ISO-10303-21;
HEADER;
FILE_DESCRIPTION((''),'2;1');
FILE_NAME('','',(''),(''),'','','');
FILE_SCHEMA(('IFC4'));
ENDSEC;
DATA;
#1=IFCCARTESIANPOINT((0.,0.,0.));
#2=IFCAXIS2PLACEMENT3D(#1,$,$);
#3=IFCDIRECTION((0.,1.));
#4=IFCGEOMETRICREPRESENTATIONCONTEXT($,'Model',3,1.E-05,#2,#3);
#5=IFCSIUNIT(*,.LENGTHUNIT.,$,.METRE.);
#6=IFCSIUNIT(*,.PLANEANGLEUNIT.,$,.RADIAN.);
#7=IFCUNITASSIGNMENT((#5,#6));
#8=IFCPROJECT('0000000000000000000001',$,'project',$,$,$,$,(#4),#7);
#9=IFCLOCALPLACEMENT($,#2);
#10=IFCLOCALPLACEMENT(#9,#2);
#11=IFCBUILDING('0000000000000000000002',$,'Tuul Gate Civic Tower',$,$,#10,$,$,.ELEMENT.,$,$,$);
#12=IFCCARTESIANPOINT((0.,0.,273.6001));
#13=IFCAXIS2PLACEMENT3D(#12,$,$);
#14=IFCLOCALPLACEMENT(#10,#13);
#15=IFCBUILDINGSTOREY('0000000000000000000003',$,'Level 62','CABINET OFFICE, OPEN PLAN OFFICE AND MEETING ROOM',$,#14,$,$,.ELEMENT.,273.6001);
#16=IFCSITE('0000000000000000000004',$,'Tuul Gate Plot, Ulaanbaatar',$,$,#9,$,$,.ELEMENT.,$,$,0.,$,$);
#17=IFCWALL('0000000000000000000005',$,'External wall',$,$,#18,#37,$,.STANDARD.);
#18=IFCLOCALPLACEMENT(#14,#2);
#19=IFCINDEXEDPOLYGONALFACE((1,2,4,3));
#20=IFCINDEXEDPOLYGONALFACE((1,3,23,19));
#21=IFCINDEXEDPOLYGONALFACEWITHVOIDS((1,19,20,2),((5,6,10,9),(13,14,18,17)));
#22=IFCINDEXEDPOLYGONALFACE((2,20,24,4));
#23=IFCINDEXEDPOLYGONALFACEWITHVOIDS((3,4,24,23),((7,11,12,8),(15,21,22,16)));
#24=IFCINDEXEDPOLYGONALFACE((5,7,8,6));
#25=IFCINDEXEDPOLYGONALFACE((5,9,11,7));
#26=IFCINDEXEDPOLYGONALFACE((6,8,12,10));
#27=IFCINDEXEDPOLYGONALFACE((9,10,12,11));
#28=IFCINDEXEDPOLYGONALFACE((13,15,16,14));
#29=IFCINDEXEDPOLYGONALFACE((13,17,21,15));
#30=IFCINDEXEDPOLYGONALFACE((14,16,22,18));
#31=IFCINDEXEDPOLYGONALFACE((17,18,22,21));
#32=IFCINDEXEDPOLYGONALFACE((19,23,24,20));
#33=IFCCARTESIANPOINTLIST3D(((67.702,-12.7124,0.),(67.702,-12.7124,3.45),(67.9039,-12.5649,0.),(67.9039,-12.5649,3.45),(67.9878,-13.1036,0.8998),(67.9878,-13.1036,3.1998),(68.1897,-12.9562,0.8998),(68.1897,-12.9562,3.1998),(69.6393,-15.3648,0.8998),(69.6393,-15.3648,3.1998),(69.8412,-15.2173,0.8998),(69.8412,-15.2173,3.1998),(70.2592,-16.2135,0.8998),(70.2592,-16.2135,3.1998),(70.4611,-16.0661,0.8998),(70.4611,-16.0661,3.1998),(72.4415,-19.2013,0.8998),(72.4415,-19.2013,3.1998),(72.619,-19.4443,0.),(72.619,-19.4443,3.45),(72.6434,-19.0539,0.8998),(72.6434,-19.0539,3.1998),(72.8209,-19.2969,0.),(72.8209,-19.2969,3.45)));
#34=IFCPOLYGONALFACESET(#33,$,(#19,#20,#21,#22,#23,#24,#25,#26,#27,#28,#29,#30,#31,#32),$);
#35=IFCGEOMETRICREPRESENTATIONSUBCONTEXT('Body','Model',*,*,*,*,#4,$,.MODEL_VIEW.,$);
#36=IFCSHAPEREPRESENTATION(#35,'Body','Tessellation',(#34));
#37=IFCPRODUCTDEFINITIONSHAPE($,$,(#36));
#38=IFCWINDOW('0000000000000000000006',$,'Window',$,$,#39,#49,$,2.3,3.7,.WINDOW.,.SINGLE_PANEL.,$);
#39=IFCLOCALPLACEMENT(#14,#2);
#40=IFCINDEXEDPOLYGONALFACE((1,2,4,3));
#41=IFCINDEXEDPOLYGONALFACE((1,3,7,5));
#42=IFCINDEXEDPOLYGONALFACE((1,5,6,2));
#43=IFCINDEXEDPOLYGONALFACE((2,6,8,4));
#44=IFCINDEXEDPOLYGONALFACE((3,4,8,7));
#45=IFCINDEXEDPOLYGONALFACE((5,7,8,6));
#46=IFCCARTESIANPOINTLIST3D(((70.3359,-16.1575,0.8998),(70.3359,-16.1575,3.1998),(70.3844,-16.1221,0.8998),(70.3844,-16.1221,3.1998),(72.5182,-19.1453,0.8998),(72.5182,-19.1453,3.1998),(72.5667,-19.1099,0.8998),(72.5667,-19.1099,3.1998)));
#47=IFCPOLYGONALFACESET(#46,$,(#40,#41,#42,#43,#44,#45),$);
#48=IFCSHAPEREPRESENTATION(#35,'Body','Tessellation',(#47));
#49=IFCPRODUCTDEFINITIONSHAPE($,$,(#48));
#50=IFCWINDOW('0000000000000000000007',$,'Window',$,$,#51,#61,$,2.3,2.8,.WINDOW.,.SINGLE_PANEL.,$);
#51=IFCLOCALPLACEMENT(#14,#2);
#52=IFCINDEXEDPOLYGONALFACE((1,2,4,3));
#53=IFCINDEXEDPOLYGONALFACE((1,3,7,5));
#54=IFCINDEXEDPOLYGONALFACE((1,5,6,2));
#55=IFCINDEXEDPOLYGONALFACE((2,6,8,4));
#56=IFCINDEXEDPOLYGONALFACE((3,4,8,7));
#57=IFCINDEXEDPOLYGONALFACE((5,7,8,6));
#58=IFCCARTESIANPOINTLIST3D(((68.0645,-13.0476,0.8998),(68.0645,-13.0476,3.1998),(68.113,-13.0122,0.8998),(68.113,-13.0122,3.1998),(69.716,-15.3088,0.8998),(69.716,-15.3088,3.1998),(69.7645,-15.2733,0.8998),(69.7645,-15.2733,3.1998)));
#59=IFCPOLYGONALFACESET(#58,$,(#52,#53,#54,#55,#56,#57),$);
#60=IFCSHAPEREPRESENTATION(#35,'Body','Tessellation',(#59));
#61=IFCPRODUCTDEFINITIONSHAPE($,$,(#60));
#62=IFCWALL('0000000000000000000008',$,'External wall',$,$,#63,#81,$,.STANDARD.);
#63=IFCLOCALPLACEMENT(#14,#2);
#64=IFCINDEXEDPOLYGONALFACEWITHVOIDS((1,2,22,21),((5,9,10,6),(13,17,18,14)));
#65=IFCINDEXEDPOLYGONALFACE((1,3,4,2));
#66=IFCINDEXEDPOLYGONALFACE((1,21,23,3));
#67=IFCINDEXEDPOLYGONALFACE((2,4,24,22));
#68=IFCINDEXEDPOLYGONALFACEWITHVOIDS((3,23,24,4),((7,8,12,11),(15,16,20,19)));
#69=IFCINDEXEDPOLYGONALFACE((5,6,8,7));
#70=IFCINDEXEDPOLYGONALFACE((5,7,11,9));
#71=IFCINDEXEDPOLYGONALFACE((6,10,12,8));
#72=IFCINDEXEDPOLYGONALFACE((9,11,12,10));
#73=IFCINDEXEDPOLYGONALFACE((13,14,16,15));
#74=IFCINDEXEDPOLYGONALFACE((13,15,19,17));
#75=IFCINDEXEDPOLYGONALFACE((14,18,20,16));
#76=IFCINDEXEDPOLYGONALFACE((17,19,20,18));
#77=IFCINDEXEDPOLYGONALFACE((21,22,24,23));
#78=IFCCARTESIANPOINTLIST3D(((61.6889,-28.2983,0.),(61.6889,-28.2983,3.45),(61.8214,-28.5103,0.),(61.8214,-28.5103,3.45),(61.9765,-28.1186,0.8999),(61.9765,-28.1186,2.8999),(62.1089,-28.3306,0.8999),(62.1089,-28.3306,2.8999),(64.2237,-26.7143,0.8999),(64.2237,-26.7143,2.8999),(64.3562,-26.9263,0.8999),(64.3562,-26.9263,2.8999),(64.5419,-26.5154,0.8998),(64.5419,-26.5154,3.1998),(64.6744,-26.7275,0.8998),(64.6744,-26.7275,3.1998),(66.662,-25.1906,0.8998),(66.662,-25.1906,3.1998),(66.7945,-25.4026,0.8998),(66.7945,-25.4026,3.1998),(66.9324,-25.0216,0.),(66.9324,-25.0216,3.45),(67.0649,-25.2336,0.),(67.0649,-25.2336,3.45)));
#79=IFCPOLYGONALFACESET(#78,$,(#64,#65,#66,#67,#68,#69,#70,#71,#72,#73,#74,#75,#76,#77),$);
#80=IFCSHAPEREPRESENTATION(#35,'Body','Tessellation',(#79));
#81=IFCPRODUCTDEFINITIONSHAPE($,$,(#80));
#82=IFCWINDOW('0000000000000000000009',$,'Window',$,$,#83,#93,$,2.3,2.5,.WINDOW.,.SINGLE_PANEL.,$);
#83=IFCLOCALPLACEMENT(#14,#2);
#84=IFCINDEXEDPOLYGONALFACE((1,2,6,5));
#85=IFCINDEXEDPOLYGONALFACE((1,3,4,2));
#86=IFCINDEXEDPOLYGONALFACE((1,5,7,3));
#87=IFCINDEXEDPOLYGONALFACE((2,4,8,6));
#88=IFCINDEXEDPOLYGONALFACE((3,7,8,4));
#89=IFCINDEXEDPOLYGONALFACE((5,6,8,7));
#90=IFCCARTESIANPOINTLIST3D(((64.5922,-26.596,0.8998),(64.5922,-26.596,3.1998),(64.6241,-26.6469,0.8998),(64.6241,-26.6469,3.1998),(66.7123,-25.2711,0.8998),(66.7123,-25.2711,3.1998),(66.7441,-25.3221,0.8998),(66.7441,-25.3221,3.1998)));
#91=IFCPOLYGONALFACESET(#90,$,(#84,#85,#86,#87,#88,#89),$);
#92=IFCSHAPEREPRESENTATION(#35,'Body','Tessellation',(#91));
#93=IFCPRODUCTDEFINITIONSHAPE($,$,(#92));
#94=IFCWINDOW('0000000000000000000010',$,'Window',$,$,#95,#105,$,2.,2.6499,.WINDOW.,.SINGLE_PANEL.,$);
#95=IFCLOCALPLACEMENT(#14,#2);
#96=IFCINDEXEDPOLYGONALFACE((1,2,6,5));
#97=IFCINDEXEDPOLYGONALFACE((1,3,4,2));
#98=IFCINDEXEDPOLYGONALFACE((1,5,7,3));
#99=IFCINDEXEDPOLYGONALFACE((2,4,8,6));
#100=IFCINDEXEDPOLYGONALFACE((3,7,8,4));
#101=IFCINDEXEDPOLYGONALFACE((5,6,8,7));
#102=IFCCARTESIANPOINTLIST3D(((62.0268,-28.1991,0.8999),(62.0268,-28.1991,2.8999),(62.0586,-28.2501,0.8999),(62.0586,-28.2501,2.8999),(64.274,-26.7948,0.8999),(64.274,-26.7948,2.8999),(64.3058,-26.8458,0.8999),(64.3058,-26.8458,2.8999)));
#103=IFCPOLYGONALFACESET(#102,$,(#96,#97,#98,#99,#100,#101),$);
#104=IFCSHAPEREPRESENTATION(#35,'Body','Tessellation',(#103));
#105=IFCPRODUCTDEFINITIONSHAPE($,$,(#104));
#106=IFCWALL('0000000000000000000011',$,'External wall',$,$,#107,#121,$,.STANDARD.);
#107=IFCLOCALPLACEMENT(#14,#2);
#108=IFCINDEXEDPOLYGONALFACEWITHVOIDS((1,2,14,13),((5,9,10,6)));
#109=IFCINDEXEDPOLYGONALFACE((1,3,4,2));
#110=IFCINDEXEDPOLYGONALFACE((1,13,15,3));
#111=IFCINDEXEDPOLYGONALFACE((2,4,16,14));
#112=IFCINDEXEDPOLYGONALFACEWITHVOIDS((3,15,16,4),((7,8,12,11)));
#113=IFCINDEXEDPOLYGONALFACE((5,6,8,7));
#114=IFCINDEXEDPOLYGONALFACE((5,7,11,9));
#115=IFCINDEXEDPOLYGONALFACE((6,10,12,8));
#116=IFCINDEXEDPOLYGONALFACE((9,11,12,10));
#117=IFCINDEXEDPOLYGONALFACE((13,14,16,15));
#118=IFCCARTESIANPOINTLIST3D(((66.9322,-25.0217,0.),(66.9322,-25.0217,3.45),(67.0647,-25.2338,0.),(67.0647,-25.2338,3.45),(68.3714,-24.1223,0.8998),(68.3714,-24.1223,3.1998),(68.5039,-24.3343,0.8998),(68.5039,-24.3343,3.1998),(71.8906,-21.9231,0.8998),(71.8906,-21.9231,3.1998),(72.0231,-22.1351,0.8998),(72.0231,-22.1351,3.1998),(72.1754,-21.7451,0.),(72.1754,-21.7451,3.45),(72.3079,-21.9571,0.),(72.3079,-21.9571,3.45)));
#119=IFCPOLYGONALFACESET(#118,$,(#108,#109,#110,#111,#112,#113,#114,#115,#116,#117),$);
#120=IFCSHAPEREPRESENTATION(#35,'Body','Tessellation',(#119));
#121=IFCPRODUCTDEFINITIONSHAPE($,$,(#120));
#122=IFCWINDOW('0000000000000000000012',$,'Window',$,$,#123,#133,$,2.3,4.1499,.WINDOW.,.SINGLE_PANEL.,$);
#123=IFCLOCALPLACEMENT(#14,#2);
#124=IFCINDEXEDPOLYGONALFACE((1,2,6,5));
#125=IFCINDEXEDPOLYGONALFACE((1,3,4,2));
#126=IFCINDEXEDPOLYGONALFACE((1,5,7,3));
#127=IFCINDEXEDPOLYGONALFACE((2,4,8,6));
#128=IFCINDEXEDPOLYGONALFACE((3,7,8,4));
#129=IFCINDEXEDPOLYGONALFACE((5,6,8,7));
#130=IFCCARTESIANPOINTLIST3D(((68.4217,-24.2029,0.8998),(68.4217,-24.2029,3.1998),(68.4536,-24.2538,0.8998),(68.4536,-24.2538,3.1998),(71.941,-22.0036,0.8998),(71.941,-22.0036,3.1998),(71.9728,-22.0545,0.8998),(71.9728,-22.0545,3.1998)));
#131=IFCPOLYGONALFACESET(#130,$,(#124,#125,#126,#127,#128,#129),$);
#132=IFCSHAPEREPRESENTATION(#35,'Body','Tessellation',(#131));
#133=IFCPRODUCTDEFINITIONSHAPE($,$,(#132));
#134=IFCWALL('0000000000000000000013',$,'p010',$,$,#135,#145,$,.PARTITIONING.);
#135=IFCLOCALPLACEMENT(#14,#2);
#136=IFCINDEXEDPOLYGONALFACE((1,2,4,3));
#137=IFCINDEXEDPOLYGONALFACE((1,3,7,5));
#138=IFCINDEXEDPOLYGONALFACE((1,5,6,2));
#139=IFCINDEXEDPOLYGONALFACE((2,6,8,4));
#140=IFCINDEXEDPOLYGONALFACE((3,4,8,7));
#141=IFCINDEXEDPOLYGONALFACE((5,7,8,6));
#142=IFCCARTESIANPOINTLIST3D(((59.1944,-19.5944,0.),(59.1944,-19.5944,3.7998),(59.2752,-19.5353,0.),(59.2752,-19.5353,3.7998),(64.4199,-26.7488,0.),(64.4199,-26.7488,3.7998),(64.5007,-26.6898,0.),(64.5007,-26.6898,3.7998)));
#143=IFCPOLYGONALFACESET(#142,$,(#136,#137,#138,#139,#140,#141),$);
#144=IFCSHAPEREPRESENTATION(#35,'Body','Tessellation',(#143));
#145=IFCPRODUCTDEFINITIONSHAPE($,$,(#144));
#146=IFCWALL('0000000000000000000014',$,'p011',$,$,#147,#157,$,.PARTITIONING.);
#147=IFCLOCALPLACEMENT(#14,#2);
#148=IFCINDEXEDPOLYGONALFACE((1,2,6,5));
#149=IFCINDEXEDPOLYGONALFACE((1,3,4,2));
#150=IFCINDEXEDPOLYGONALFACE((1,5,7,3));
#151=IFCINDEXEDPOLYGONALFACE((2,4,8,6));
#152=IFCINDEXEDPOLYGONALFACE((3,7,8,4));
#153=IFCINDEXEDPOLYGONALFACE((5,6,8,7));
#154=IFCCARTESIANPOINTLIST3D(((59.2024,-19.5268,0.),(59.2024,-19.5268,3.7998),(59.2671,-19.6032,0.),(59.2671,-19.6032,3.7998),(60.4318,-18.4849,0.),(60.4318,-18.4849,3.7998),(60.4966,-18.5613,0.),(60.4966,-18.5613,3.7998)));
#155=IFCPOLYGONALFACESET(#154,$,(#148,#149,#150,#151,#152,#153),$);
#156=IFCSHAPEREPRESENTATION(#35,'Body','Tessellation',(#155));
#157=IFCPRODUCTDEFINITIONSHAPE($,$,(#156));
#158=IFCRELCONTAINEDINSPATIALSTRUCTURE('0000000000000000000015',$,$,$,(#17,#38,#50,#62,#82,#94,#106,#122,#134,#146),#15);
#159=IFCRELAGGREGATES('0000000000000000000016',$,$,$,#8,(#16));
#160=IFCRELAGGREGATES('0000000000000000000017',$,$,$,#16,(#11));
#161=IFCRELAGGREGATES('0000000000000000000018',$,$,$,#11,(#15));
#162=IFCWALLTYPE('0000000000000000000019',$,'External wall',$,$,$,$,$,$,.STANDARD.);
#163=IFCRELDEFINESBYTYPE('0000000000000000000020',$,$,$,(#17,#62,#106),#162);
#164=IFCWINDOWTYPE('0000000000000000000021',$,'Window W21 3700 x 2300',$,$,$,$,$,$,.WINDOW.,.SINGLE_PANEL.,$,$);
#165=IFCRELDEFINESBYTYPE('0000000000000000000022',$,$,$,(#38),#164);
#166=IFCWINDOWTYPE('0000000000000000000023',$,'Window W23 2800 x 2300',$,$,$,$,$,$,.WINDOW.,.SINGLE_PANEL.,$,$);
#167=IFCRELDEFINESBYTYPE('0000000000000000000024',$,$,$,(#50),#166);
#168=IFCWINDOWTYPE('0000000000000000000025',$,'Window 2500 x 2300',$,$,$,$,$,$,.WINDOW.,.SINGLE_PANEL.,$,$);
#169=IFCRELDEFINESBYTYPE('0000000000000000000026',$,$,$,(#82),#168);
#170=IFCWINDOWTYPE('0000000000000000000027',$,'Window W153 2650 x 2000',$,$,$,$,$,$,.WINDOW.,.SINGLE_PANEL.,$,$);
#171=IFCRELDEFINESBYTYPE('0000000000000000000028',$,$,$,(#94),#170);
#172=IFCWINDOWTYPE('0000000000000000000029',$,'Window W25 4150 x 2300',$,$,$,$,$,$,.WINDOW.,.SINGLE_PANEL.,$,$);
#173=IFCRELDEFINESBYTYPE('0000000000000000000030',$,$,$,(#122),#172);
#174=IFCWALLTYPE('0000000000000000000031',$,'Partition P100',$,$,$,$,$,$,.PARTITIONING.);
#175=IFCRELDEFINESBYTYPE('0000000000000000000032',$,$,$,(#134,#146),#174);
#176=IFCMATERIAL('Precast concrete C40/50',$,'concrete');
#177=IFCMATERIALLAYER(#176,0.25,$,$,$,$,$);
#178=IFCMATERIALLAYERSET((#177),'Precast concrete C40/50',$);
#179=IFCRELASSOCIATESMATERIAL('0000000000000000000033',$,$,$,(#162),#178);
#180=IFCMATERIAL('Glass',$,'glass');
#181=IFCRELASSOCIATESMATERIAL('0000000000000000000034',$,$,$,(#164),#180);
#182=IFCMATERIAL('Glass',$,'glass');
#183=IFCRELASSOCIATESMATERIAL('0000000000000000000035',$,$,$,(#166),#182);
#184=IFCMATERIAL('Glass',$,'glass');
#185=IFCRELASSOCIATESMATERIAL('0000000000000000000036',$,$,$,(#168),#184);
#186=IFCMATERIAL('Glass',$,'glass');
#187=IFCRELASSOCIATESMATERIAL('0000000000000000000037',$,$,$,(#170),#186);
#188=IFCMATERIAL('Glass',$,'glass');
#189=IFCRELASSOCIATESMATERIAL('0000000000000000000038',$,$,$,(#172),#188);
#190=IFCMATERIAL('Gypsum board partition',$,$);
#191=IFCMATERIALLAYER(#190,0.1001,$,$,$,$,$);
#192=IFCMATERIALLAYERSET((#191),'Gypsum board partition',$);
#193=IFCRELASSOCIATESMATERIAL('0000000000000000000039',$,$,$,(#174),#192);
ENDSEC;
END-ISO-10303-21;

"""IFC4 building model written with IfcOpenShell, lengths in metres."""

from ifc_helpers import new_model, si_unit, direction, frame, frame_2d, origin, place, context, subcontext, project, spatial, rectangle, extrude, material, layer, layer_set, type_object, element, fill, save


model = new_model("IFC4")

# Units and contexts
model_context = context("Model", 3, precision=1e-05, world=origin(), true_north=direction((0.0, 1.0)))
body_context = subcontext(model_context, "Body", "Model", "MODEL_VIEW")
ifc_project = project(units=[si_unit("LENGTHUNIT", "METRE"), si_unit("PLANEANGLEUNIT", "RADIAN")], contexts=[model_context])

# Site, building, storey
site_placement = place(None, origin())
site = spatial("IfcSite", under=ifc_project, at=site_placement, Name="Tuul Gate Plot, Ulaanbaatar", CompositionType="ELEMENT", RefElevation=0.0)
building_placement = place(site_placement, origin())
building = spatial("IfcBuilding", under=site, at=building_placement, Name="Tuul Gate Civic Tower", CompositionType="ELEMENT")
storey_placement = place(building_placement, frame((0.0, 0.0, 273.6001)))
storey = spatial("IfcBuildingStorey", under=building, at=storey_placement, Name="Level 62", Description="CABINET OFFICE, OPEN PLAN OFFICE AND MEETING ROOM", CompositionType="ELEMENT", Elevation=273.6001)

# Shared definitions
ifc_material_1 = material(Name="Precast concrete C40/50", Category="concrete")
ifc_layer_1 = layer(ifc_material_1, 0.25)
ifc_layer_set_1 = layer_set([ifc_layer_1], Name="Precast concrete C40/50")
wall_type_1 = type_object("IfcWallType", Name="External wall", PredefinedType="STANDARD", material=ifc_layer_set_1)

# Walls, openings, windows
wall_1_placement = place(storey_placement, frame((72.72, -19.3706, 0.0), z_axis=(0.0, 0.0, 1.0), x_axis=(-0.589821, 0.807534, 0.0)))
wall_1 = element("IfcWall", 1, at=wall_1_placement, inside=storey, type_object=wall_type_1, Name="External wall", PredefinedType="STANDARD", context=body_context, shape_type="SweptSolid", body=[
    extrude(rectangle(XDim=8.3364, YDim=0.25, at=frame_2d((4.1682, 0.0))), origin(), (0.0, 0.0, 1.0), 3.45),
])
opening_1_placement = place(wall_1_placement, frame((0.3008, 0.0, 0.8999)))
opening_1 = element("IfcOpeningElement", 2, at=opening_1_placement, cuts=wall_1, PredefinedType="OPENING", context=body_context, shape_type="SweptSolid", body=[
    extrude(rectangle(XDim=3.7, YDim=2.3, at=frame_2d((1.8501, 1.1499))), frame((0.0, 0.135, 0.0), z_axis=(0.0, -1.0, 0.0), x_axis=(1.0, 0.0, 0.0)), (0.0, 0.0, 1.0), 0.27),
])
opening_2_placement = place(wall_1_placement, frame((5.052, 0.0, 0.8999)))
opening_2 = element("IfcOpeningElement", 3, at=opening_2_placement, cuts=wall_1, PredefinedType="OPENING", context=body_context, shape_type="SweptSolid", body=[
    extrude(rectangle(XDim=2.8, YDim=2.3, at=frame_2d((1.3999, 1.1499))), frame((0.0, 0.135, 0.0), z_axis=(0.0, -1.0, 0.0), x_axis=(1.0, 0.0, 0.0)), (0.0, 0.0, 1.0), 0.27),
])
ifc_material_2 = material(Name="Glass", Category="glass")
window_type_1 = type_object("IfcWindowType", Name="Window W21 3700 x 2300", PartitioningType="SINGLE_PANEL", PredefinedType="WINDOW", material=ifc_material_2)
window_1_placement = place(opening_1_placement, origin())
window_1 = element("IfcWindow", 4, at=window_1_placement, inside=storey, type_object=window_type_1, Name="Window", OverallHeight=2.3, OverallWidth=3.7, PartitioningType="SINGLE_PANEL", PredefinedType="WINDOW", context=body_context, shape_type="SweptSolid", body=[
    extrude(rectangle(XDim=3.7, YDim=2.3, at=frame_2d((1.8501, 1.1499))), frame((0.0, 0.03, 0.0), z_axis=(0.0, -1.0, 0.0), x_axis=(1.0, 0.0, 0.0)), (0.0, 0.0, 1.0), 0.0601),
])
fill(opening_1, window_1)
ifc_material_3 = material(Name="Glass", Category="glass")
window_type_2 = type_object("IfcWindowType", Name="Window W23 2800 x 2300", PartitioningType="SINGLE_PANEL", PredefinedType="WINDOW", material=ifc_material_3)
window_2_placement = place(opening_2_placement, origin())
window_2 = element("IfcWindow", 5, at=window_2_placement, inside=storey, type_object=window_type_2, Name="Window", OverallHeight=2.3, OverallWidth=2.8, PartitioningType="SINGLE_PANEL", PredefinedType="WINDOW", context=body_context, shape_type="SweptSolid", body=[
    extrude(rectangle(XDim=2.8, YDim=2.3, at=frame_2d((1.3999, 1.1499))), frame((0.0, 0.03, 0.0), z_axis=(0.0, -1.0, 0.0), x_axis=(1.0, 0.0, 0.0)), (0.0, 0.0, 1.0), 0.0601),
])
fill(opening_2, window_2)
wall_2_placement = place(storey_placement, frame((61.7551, -28.4043, 0.0), z_axis=(0.0, 0.0, 1.0), x_axis=(0.848036, 0.529939, 0.0)))
wall_2 = element("IfcWall", 6, at=wall_2_placement, inside=storey, type_object=wall_type_1, Name="External wall", PredefinedType="STANDARD", context=body_context, shape_type="SweptSolid", body=[
    extrude(rectangle(XDim=6.1831, YDim=0.25, at=frame_2d((3.0916, 0.0))), origin(), (0.0, 0.0, 1.0), 3.45),
])
opening_3_placement = place(wall_2_placement, frame((0.3391, 0.0, 0.8999)))
opening_3 = element("IfcOpeningElement", 7, at=opening_3_placement, cuts=wall_2, PredefinedType="OPENING", context=body_context, shape_type="SweptSolid", body=[
    extrude(rectangle(XDim=2.6499, YDim=2.0, at=frame_2d((1.325, 1.0))), frame((0.0, 0.135, 0.0), z_axis=(0.0, -1.0, 0.0), x_axis=(1.0, 0.0, 0.0)), (0.0, 0.0, 1.0), 0.27),
])
opening_4_placement = place(wall_2_placement, frame((3.3643, 0.0, 0.8999)))
opening_4 = element("IfcOpeningElement", 8, at=opening_4_placement, cuts=wall_2, PredefinedType="OPENING", context=body_context, shape_type="SweptSolid", body=[
    extrude(rectangle(XDim=2.5, YDim=2.3, at=frame_2d((1.25, 1.1499))), frame((0.0, 0.135, 0.0), z_axis=(0.0, -1.0, 0.0), x_axis=(1.0, 0.0, 0.0)), (0.0, 0.0, 1.0), 0.27),
])
ifc_material_4 = material(Name="Glass", Category="glass")
window_type_3 = type_object("IfcWindowType", Name="Window 2500 x 2300", PartitioningType="SINGLE_PANEL", PredefinedType="WINDOW", material=ifc_material_4)
window_3_placement = place(opening_4_placement, origin())
window_3 = element("IfcWindow", 9, at=window_3_placement, inside=storey, type_object=window_type_3, Name="Window", OverallHeight=2.3, OverallWidth=2.5, PartitioningType="SINGLE_PANEL", PredefinedType="WINDOW", context=body_context, shape_type="SweptSolid", body=[
    extrude(rectangle(XDim=2.5, YDim=2.3, at=frame_2d((1.25, 1.1499))), frame((0.0, 0.03, 0.0), z_axis=(0.0, -1.0, 0.0), x_axis=(1.0, 0.0, 0.0)), (0.0, 0.0, 1.0), 0.0601),
])
fill(opening_4, window_3)
ifc_material_5 = material(Name="Glass", Category="glass")
window_type_4 = type_object("IfcWindowType", Name="Window W153 2650 x 2000", PartitioningType="SINGLE_PANEL", PredefinedType="WINDOW", material=ifc_material_5)
window_4_placement = place(opening_3_placement, origin())
window_4 = element("IfcWindow", 10, at=window_4_placement, inside=storey, type_object=window_type_4, Name="Window", OverallHeight=2.0, OverallWidth=2.6499, PartitioningType="SINGLE_PANEL", PredefinedType="WINDOW", context=body_context, shape_type="SweptSolid", body=[
    extrude(rectangle(XDim=2.6499, YDim=2.0, at=frame_2d((1.325, 1.0))), frame((0.0, 0.03, 0.0), z_axis=(0.0, -1.0, 0.0), x_axis=(1.0, 0.0, 0.0)), (0.0, 0.0, 1.0), 0.0601),
])
fill(opening_3, window_4)

# Wall, opening, window
wall_3_placement = place(storey_placement, frame((66.9985, -25.1277, 0.0), z_axis=(0.0, 0.0, 1.0), x_axis=(0.848025, 0.529956, 0.0)))
wall_3 = element("IfcWall", 11, at=wall_3_placement, inside=storey, type_object=wall_type_1, Name="External wall", PredefinedType="STANDARD", context=body_context, shape_type="SweptSolid", body=[
    extrude(rectangle(XDim=6.1829, YDim=0.25, at=frame_2d((3.0913, 0.0))), origin(), (0.0, 0.0, 1.0), 3.45),
])
opening_5_placement = place(wall_3_placement, frame((1.697, 0.0, 0.8999)))
opening_5 = element("IfcOpeningElement", 12, at=opening_5_placement, cuts=wall_3, PredefinedType="OPENING", context=body_context, shape_type="SweptSolid", body=[
    extrude(rectangle(XDim=4.1499, YDim=2.3, at=frame_2d((2.075, 1.1499))), frame((0.0, 0.135, 0.0), z_axis=(0.0, -1.0, 0.0), x_axis=(1.0, 0.0, 0.0)), (0.0, 0.0, 1.0), 0.27),
])
ifc_material_6 = material(Name="Glass", Category="glass")
window_type_5 = type_object("IfcWindowType", Name="Window W25 4150 x 2300", PartitioningType="SINGLE_PANEL", PredefinedType="WINDOW", material=ifc_material_6)
window_5_placement = place(opening_5_placement, origin())
window_5 = element("IfcWindow", 13, at=window_5_placement, inside=storey, type_object=window_type_5, Name="Window", OverallHeight=2.3, OverallWidth=4.1499, PartitioningType="SINGLE_PANEL", PredefinedType="WINDOW", context=body_context, shape_type="SweptSolid", body=[
    extrude(rectangle(XDim=4.1499, YDim=2.3, at=frame_2d((2.075, 1.1499))), frame((0.0, 0.03, 0.0), z_axis=(0.0, -1.0, 0.0), x_axis=(1.0, 0.0, 0.0)), (0.0, 0.0, 1.0), 0.0601),
])
fill(opening_5, window_5)

# Walls
ifc_material_7 = material(Name="Gypsum board partition")
ifc_layer_2 = layer(ifc_material_7, 0.1001)
ifc_layer_set_2 = layer_set([ifc_layer_2], Name="Gypsum board partition")
wall_type_2 = type_object("IfcWallType", Name="Partition P100", PredefinedType="PARTITIONING", material=ifc_layer_set_2)
wall_4_placement = place(storey_placement, frame((59.2349, -19.5649, 0.0), z_axis=(0.0, 0.0, 1.0), x_axis=(0.589816, -0.807538, 0.0)))
element("IfcWall", 14, at=wall_4_placement, inside=storey, type_object=wall_type_2, Name="p010", PredefinedType="PARTITIONING", context=body_context, shape_type="SweptSolid", body=[
    extrude(rectangle(XDim=8.8596, YDim=0.1001, at=frame_2d((4.4297, 0.0))), origin(), (0.0, 0.0, 1.0), 3.7998),
])
wall_5_placement = place(storey_placement, frame((59.2349, -19.5649, 0.0), z_axis=(0.0, 0.0, 1.0), x_axis=(0.76288, 0.64654, 0.0)))
element("IfcWall", 15, at=wall_5_placement, inside=storey, type_object=wall_type_2, Name="p011", PredefinedType="PARTITIONING", context=body_context, shape_type="SweptSolid", body=[
    extrude(rectangle(XDim=1.6116, YDim=0.1001, at=frame_2d((0.8057, 0.0))), origin(), (0.0, 0.0, 1.0), 3.7998),
])

save(model, "model.ifc")
